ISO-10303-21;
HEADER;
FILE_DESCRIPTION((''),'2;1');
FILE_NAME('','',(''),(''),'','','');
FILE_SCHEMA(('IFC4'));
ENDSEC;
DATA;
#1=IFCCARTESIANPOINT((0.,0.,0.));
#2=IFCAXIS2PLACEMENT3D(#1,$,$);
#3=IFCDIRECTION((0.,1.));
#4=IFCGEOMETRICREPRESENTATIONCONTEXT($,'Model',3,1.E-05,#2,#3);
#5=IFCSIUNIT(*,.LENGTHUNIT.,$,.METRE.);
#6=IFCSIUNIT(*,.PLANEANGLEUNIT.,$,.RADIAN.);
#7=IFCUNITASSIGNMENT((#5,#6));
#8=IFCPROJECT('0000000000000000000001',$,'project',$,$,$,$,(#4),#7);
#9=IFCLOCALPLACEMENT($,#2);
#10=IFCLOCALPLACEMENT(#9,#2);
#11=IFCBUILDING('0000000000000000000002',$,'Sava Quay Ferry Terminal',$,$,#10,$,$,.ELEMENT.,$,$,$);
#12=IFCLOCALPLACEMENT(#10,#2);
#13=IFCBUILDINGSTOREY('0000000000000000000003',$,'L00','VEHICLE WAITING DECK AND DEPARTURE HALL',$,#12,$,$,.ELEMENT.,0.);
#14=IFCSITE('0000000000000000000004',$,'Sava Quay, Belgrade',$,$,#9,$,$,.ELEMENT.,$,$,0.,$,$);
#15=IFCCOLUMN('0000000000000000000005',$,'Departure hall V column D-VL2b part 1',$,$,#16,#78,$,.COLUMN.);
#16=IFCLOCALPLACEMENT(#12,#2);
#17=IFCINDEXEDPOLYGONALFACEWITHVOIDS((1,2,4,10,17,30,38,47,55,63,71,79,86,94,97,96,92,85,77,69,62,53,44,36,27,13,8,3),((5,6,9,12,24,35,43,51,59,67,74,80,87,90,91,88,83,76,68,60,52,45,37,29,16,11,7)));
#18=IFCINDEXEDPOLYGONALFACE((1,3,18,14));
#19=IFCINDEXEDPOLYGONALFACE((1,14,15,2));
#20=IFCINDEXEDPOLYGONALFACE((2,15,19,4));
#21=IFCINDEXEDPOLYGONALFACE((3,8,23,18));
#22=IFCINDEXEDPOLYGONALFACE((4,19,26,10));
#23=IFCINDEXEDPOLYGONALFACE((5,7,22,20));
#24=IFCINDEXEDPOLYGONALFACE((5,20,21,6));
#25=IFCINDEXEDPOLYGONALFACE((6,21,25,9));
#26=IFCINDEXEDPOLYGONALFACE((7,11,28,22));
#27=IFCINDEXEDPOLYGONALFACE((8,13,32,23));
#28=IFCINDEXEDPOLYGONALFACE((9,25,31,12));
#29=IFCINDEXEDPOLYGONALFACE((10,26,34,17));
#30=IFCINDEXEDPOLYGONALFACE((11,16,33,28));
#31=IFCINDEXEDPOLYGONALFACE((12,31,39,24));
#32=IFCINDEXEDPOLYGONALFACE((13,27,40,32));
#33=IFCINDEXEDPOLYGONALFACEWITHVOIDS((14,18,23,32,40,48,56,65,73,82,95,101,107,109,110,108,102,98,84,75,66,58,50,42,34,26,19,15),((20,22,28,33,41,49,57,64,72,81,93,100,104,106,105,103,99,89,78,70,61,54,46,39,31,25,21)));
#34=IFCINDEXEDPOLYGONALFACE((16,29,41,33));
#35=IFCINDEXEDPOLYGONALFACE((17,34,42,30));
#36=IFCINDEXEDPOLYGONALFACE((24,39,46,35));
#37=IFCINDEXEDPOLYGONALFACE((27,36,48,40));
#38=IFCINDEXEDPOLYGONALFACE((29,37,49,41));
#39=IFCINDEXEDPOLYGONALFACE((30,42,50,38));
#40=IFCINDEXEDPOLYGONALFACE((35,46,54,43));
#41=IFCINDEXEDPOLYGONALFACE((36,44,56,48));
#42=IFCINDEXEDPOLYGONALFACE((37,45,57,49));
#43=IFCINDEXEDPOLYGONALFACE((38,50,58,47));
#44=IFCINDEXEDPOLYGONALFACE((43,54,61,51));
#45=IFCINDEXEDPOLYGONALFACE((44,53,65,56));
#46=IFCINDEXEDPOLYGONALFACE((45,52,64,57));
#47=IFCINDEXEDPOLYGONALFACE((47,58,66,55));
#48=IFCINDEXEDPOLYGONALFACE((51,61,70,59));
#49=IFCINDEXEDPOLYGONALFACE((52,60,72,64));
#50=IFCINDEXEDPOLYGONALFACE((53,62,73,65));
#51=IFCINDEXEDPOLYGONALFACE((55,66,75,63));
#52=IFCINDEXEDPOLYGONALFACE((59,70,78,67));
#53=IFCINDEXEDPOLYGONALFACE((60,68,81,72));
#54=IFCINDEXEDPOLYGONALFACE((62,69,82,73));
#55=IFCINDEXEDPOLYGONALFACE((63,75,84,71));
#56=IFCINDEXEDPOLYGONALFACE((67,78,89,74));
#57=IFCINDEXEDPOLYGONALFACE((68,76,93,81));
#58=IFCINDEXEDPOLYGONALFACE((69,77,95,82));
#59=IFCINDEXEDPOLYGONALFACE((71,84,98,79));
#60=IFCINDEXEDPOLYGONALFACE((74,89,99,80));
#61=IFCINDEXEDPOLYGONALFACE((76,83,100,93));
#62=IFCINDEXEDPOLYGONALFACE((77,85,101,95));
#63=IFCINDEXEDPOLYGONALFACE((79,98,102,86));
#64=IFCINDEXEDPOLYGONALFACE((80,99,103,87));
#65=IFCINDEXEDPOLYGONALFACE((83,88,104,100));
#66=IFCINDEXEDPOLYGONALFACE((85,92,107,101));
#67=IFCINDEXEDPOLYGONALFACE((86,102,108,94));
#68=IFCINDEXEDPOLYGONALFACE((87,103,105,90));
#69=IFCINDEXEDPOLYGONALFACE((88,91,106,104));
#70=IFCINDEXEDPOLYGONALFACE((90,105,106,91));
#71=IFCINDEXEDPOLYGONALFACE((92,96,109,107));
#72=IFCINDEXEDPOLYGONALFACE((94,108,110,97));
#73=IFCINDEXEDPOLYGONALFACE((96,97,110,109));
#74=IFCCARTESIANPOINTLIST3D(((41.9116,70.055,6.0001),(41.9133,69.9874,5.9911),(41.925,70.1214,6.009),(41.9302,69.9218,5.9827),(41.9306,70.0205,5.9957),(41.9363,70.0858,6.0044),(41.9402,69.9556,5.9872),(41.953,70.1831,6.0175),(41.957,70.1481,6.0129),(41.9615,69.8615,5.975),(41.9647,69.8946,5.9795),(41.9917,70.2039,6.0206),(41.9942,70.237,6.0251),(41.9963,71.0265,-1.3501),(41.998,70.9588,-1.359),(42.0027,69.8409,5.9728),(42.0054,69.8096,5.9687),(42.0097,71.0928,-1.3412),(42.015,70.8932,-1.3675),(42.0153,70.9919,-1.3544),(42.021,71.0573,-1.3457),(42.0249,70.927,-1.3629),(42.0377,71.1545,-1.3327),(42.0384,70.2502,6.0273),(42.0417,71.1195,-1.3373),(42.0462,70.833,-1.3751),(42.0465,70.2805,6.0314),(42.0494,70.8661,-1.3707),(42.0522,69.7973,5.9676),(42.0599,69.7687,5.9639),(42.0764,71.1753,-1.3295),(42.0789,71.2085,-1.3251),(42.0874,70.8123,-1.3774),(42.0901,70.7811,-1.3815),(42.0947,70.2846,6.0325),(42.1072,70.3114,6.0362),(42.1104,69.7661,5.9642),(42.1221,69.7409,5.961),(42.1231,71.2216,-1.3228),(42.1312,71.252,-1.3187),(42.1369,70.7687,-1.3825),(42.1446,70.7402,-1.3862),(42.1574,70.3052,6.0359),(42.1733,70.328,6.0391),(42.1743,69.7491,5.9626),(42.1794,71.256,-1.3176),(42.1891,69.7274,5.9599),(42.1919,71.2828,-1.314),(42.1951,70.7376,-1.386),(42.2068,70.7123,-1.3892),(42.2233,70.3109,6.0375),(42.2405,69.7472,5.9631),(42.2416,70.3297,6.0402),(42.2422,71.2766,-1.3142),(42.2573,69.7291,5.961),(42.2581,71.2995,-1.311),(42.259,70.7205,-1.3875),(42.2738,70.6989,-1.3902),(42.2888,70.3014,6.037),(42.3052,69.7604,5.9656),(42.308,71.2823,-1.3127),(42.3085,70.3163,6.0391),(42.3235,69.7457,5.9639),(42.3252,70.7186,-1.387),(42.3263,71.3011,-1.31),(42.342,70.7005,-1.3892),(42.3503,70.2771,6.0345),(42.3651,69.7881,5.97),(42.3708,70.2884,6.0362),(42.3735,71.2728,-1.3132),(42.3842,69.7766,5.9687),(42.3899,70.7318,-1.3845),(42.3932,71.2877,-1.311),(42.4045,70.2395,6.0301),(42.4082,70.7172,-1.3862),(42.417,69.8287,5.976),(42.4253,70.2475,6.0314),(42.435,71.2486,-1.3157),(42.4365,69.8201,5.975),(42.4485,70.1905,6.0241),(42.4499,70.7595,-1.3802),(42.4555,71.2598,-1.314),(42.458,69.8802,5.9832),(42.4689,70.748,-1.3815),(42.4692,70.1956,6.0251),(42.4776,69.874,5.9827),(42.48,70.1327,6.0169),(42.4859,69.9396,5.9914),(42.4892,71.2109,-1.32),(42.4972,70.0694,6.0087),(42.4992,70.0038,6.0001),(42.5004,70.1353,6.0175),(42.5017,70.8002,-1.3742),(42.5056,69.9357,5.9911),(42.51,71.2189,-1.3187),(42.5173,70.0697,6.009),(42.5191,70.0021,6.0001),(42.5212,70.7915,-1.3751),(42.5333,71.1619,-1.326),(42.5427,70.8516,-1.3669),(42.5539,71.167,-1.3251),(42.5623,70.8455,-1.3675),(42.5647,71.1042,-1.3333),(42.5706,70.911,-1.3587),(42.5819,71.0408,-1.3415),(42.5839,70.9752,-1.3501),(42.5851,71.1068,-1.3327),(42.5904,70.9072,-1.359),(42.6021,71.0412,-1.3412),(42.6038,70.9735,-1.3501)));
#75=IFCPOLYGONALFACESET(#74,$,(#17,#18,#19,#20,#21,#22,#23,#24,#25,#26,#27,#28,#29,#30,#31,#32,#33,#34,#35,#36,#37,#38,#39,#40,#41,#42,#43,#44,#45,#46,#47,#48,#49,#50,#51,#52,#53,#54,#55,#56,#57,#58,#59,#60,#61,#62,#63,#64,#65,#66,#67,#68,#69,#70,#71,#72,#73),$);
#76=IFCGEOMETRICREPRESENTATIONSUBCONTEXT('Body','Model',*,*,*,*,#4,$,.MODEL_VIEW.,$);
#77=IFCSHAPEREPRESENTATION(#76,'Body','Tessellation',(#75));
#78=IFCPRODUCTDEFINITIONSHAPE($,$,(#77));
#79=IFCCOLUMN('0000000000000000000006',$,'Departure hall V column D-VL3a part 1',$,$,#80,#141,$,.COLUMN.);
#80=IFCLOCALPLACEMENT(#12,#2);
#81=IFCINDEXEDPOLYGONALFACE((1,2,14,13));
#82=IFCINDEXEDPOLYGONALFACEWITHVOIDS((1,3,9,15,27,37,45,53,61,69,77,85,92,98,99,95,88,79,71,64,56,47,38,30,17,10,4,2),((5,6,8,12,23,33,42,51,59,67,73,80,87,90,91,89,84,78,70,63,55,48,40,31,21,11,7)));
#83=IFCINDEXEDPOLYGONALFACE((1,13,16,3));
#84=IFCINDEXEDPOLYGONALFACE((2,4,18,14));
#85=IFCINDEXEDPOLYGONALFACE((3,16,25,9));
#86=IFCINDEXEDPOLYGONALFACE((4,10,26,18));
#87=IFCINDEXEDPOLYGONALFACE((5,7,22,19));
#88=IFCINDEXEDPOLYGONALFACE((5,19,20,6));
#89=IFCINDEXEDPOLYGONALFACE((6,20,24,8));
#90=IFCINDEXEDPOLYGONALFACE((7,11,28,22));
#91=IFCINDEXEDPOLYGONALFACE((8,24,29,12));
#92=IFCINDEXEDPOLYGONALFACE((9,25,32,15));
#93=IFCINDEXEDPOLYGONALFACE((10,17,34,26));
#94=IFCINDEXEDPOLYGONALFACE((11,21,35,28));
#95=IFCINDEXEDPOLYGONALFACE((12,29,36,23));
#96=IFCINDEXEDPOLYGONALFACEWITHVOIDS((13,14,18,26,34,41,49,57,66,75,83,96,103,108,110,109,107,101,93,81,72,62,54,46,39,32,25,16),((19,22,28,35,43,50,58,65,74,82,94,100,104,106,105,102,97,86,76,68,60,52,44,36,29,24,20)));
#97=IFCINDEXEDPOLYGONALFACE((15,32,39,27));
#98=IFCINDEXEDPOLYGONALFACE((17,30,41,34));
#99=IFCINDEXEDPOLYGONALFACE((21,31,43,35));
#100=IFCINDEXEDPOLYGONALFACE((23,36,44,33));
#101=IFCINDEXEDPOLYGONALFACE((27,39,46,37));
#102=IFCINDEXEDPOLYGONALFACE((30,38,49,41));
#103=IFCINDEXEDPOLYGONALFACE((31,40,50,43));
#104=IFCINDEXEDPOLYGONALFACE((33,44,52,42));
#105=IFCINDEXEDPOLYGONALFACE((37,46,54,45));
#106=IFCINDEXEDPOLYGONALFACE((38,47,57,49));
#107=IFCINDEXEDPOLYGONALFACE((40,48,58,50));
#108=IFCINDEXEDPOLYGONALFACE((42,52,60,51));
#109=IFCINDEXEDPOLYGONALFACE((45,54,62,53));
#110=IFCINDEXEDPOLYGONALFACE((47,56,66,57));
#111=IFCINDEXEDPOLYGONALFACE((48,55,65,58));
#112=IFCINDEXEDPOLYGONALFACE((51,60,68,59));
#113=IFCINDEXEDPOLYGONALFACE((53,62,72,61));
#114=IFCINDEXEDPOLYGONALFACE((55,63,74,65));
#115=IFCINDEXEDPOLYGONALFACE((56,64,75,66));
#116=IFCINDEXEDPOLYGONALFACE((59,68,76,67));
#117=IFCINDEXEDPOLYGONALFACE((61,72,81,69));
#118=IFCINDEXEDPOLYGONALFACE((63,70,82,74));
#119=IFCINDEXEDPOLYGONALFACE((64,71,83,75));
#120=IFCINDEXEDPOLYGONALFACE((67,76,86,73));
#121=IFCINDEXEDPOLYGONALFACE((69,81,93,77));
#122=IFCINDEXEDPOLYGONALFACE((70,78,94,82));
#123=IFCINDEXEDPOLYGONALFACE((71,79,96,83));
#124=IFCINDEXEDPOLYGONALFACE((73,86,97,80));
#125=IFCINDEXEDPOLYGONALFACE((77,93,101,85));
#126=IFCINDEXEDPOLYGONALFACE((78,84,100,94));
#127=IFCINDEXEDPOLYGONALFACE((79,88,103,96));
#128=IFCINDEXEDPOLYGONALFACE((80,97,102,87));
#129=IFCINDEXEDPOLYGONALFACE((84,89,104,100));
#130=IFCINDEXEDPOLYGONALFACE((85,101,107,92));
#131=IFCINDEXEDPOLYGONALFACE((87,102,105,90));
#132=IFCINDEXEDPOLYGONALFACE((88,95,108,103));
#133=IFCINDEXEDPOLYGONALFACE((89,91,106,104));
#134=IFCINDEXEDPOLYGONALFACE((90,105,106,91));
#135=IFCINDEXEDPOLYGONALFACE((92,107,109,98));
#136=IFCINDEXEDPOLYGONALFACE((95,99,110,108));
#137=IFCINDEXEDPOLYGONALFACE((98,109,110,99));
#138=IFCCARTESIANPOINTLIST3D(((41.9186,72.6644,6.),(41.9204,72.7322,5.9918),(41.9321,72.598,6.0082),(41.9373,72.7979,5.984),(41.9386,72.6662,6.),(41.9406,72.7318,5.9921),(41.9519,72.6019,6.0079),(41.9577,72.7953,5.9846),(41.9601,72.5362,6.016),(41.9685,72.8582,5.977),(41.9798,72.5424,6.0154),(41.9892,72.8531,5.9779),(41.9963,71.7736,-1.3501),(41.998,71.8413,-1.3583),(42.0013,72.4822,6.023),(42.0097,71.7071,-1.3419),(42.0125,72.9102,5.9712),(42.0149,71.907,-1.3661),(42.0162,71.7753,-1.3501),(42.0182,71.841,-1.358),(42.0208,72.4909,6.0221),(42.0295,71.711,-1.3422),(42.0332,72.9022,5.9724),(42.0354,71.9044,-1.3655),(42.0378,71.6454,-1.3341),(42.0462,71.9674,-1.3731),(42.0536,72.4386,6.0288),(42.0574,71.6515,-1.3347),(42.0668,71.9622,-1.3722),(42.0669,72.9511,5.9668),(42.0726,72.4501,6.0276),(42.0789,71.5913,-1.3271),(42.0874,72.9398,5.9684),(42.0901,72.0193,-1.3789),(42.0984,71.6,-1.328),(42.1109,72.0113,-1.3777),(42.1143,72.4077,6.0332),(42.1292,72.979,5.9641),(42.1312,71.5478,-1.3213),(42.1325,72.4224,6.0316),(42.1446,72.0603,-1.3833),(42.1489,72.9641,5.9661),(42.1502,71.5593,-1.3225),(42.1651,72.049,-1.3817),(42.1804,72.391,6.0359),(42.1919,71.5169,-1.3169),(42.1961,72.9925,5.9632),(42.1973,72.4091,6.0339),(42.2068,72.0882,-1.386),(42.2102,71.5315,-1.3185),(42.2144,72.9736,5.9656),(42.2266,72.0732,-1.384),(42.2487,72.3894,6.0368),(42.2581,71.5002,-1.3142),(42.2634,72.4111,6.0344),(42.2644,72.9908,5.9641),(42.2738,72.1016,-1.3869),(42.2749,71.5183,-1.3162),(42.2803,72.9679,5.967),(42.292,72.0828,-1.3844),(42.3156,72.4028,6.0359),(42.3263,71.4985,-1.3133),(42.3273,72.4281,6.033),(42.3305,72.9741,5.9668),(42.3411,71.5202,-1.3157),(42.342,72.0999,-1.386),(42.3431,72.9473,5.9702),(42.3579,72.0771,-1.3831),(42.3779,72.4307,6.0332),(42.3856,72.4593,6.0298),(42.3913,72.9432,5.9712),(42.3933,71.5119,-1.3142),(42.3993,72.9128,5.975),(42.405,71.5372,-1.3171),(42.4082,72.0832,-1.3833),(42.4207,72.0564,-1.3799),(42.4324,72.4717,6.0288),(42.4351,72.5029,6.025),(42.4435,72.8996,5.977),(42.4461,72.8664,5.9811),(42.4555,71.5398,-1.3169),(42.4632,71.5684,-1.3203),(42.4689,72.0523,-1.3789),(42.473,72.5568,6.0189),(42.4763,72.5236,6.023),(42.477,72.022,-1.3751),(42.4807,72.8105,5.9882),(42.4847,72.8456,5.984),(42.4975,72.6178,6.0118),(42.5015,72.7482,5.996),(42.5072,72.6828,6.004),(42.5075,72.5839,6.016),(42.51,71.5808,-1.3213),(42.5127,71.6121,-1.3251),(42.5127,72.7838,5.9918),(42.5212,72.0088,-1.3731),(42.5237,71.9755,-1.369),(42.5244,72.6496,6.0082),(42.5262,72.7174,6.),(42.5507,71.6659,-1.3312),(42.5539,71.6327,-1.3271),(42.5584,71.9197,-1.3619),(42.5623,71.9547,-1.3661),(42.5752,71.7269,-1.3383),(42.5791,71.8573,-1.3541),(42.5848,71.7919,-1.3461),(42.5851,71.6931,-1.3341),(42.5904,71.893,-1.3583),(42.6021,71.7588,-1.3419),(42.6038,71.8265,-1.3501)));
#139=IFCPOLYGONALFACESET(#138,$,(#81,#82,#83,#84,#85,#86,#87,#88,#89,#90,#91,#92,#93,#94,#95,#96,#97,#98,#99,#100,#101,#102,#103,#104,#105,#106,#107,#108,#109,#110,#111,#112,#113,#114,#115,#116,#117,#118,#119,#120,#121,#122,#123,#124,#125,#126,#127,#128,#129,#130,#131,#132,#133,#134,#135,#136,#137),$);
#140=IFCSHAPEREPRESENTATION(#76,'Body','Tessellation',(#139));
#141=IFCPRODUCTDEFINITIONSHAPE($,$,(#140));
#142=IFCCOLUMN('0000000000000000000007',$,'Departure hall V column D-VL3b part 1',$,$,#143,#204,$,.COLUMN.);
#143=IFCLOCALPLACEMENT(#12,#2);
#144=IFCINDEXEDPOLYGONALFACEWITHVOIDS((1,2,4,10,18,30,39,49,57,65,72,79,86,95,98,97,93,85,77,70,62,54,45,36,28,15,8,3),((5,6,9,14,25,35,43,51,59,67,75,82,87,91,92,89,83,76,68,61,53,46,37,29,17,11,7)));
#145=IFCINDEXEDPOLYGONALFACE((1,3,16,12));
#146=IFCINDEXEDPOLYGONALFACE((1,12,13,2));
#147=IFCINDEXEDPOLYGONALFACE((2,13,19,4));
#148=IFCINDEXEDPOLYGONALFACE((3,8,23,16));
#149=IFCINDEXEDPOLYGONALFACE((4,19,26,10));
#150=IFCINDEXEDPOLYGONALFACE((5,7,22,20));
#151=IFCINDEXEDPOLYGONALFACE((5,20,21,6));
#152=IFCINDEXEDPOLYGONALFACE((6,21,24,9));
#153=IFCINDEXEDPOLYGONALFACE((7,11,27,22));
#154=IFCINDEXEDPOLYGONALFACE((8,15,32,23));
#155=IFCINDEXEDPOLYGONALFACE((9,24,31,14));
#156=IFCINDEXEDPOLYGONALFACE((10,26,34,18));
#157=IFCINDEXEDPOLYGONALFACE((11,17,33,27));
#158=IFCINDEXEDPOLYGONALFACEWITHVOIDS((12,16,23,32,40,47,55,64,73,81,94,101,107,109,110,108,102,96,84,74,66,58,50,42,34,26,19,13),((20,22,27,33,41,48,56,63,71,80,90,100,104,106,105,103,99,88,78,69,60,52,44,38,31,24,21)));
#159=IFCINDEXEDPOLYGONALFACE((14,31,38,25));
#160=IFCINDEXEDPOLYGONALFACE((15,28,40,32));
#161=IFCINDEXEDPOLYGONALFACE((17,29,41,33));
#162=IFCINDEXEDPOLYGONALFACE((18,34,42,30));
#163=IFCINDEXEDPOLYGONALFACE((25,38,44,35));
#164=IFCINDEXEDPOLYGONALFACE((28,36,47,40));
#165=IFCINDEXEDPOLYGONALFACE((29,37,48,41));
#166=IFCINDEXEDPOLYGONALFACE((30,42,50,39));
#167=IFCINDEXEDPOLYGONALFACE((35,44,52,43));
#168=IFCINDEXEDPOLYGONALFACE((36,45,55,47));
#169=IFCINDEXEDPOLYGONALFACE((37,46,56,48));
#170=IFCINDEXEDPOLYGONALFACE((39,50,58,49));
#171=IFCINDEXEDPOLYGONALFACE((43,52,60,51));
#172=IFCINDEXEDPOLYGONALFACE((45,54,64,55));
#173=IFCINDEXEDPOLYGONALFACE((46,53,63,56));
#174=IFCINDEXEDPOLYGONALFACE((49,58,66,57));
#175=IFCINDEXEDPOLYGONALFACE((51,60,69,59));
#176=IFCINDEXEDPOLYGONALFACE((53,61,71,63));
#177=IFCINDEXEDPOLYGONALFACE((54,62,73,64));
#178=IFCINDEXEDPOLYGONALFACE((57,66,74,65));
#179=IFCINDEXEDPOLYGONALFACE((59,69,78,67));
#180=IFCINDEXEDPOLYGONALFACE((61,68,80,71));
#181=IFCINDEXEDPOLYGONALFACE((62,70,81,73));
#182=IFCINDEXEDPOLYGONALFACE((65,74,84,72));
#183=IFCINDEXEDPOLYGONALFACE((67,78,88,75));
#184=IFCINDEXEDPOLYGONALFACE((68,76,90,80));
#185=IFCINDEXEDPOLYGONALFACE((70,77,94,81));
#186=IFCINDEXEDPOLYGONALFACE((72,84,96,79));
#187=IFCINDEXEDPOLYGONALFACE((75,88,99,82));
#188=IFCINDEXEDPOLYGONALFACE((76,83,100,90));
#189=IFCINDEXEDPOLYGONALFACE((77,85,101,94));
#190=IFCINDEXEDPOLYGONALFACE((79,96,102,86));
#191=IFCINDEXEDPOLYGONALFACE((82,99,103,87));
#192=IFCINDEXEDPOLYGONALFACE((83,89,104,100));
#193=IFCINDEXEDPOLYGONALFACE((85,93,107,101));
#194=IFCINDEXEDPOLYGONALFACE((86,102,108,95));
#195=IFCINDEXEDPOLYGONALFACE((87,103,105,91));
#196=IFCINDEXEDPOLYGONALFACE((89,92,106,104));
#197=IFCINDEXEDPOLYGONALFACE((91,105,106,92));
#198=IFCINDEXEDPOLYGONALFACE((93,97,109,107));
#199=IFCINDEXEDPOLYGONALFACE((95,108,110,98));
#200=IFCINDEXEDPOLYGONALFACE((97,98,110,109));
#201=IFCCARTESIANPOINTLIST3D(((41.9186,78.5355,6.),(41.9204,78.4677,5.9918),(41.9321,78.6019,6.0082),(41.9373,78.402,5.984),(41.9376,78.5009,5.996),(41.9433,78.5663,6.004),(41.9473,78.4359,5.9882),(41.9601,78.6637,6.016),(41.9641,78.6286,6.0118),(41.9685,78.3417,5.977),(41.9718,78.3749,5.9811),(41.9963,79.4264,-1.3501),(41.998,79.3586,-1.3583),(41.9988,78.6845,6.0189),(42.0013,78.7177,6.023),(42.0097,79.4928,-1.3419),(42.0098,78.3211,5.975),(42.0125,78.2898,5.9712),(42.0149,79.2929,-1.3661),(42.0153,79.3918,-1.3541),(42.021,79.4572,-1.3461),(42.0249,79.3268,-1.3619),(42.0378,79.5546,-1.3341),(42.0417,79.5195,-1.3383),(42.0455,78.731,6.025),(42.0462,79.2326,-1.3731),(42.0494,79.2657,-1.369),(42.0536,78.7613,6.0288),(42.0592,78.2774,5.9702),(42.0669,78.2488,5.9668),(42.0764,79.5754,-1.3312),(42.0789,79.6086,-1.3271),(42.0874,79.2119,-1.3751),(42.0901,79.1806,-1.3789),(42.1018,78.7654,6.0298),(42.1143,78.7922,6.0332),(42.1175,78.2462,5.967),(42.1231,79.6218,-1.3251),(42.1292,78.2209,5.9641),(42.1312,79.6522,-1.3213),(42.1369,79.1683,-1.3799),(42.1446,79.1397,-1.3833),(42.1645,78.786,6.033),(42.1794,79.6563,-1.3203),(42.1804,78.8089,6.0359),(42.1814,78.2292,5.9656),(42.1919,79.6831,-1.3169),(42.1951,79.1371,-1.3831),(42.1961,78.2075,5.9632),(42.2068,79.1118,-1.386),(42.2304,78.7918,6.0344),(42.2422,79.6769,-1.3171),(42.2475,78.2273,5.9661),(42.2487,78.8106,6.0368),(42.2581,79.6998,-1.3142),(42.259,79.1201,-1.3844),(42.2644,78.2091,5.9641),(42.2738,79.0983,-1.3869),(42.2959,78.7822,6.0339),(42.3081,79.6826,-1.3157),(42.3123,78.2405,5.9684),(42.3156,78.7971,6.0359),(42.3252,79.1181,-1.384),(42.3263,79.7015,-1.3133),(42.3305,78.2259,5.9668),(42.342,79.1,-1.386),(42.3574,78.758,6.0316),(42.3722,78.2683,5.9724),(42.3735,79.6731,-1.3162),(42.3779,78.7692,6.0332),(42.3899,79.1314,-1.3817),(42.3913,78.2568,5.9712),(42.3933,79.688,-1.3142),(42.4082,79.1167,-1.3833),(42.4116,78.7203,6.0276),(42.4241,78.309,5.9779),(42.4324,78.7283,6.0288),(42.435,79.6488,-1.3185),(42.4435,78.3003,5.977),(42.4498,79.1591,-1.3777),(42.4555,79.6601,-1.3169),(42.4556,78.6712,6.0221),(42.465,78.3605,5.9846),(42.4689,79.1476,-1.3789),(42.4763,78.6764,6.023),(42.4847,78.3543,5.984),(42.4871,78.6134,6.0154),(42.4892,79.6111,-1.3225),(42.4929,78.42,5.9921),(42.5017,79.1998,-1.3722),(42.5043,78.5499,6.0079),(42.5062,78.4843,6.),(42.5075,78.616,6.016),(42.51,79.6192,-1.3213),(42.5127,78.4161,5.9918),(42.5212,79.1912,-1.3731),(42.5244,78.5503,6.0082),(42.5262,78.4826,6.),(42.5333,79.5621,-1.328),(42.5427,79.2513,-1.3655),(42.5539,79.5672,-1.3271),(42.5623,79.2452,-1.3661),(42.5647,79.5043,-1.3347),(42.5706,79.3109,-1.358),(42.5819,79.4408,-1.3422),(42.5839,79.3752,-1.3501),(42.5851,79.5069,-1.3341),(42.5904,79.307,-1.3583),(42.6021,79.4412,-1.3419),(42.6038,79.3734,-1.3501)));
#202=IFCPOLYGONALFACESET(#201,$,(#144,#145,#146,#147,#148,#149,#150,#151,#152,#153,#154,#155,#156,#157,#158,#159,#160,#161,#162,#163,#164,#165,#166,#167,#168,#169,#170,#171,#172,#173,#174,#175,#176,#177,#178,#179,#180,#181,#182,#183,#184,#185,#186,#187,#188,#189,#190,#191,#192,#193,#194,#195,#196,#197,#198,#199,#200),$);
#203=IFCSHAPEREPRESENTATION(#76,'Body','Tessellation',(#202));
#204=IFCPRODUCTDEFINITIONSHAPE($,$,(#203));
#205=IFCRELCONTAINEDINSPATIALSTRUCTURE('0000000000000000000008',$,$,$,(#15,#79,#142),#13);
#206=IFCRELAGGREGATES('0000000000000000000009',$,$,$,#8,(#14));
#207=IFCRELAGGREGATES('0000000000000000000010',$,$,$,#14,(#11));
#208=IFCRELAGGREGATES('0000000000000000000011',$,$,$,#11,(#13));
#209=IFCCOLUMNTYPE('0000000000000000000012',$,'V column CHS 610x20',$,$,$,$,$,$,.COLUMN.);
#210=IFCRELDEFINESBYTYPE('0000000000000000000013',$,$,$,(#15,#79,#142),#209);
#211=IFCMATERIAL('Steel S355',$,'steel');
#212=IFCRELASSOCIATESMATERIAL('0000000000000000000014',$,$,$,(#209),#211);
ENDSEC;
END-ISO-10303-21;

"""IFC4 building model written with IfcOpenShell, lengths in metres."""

from ifc_helpers import new_model, si_unit, direction, frame, origin, origin_2d, place, context, subcontext, project, spatial, hollow_circle, extrude, material, material_profile, profile_set, type_object, element, save


model = new_model("IFC4")

# Units and contexts
model_context = context("Model", 3, precision=1e-05, world=origin(), true_north=direction((0.0, 1.0)))
body_context = subcontext(model_context, "Body", "Model", "MODEL_VIEW")
ifc_project = project(units=[si_unit("LENGTHUNIT", "METRE"), si_unit("PLANEANGLEUNIT", "RADIAN")], contexts=[model_context])

# Site, building, storey
site_placement = place(None, origin())
site = spatial("IfcSite", under=ifc_project, at=site_placement, Name="Sava Quay, Belgrade", CompositionType="ELEMENT", RefElevation=0.0)
building_placement = place(site_placement, origin())
building = spatial("IfcBuilding", under=site, at=building_placement, Name="Sava Quay Ferry Terminal", CompositionType="ELEMENT")
storey_placement = place(building_placement, origin())
storey = spatial("IfcBuildingStorey", under=building, at=storey_placement, Name="L00", Description="VEHICLE WAITING DECK AND DEPARTURE HALL", CompositionType="ELEMENT", Elevation=0.0)

# Columns
ifc_material_1 = material(Name="Steel S355", Category="steel")
ifc_material_profile_1 = material_profile(ifc_material_1, hollow_circle(Radius=0.3049, WallThickness=0.02, at=origin_2d()), Name="CHS 610 x 20.0")
ifc_profile_set_1 = profile_set([ifc_material_profile_1], Name="Steel S355")
column_type = type_object("IfcColumnType", Name="V column CHS 610x20", PredefinedType="COLUMN", material=ifc_profile_set_1)
column_placement = place(storey_placement, frame((42.3, 71.0, -1.3501), z_axis=(-0.011426, -0.131018, 0.991314), x_axis=(0.996219, -0.086878, 0.0)))
element("IfcColumn", 1, at=column_placement, inside=storey, type_object=column_type, Name="Departure hall V column D-VL2b part 1", PredefinedType="COLUMN", context=body_context, shape_type="SweptSolid", body=[
    extrude(hollow_circle(Radius=0.3049, WallThickness=0.02, at=origin_2d()), origin(), (0.0, 0.0, 1.0), 7.4146),
])
for number, where, z_axis, x_axis, name in (
    (2, (42.3, 71.8, -1.3501), (-0.010485, 0.120318, 0.99268), (-0.996224, -0.086818, 0.0), "Departure hall V column D-VL3a part 1"),
    (3, (42.3, 79.3999, -1.3501), (-0.010485, -0.120318, 0.99268), (0.996224, -0.086818, 0.0), "Departure hall V column D-VL3b part 1"),
):
    element("IfcColumn", number, at=place(storey_placement, frame(where, z_axis=z_axis, x_axis=x_axis)), inside=storey, type_object=column_type, Name=name, PredefinedType="COLUMN", context=body_context, shape_type="SweptSolid", body=[
        extrude(hollow_circle(Radius=0.3049, WallThickness=0.02, at=origin_2d()), origin(), (0.0, 0.0, 1.0), 7.4043),
    ])

save(model, "model.ifc")
